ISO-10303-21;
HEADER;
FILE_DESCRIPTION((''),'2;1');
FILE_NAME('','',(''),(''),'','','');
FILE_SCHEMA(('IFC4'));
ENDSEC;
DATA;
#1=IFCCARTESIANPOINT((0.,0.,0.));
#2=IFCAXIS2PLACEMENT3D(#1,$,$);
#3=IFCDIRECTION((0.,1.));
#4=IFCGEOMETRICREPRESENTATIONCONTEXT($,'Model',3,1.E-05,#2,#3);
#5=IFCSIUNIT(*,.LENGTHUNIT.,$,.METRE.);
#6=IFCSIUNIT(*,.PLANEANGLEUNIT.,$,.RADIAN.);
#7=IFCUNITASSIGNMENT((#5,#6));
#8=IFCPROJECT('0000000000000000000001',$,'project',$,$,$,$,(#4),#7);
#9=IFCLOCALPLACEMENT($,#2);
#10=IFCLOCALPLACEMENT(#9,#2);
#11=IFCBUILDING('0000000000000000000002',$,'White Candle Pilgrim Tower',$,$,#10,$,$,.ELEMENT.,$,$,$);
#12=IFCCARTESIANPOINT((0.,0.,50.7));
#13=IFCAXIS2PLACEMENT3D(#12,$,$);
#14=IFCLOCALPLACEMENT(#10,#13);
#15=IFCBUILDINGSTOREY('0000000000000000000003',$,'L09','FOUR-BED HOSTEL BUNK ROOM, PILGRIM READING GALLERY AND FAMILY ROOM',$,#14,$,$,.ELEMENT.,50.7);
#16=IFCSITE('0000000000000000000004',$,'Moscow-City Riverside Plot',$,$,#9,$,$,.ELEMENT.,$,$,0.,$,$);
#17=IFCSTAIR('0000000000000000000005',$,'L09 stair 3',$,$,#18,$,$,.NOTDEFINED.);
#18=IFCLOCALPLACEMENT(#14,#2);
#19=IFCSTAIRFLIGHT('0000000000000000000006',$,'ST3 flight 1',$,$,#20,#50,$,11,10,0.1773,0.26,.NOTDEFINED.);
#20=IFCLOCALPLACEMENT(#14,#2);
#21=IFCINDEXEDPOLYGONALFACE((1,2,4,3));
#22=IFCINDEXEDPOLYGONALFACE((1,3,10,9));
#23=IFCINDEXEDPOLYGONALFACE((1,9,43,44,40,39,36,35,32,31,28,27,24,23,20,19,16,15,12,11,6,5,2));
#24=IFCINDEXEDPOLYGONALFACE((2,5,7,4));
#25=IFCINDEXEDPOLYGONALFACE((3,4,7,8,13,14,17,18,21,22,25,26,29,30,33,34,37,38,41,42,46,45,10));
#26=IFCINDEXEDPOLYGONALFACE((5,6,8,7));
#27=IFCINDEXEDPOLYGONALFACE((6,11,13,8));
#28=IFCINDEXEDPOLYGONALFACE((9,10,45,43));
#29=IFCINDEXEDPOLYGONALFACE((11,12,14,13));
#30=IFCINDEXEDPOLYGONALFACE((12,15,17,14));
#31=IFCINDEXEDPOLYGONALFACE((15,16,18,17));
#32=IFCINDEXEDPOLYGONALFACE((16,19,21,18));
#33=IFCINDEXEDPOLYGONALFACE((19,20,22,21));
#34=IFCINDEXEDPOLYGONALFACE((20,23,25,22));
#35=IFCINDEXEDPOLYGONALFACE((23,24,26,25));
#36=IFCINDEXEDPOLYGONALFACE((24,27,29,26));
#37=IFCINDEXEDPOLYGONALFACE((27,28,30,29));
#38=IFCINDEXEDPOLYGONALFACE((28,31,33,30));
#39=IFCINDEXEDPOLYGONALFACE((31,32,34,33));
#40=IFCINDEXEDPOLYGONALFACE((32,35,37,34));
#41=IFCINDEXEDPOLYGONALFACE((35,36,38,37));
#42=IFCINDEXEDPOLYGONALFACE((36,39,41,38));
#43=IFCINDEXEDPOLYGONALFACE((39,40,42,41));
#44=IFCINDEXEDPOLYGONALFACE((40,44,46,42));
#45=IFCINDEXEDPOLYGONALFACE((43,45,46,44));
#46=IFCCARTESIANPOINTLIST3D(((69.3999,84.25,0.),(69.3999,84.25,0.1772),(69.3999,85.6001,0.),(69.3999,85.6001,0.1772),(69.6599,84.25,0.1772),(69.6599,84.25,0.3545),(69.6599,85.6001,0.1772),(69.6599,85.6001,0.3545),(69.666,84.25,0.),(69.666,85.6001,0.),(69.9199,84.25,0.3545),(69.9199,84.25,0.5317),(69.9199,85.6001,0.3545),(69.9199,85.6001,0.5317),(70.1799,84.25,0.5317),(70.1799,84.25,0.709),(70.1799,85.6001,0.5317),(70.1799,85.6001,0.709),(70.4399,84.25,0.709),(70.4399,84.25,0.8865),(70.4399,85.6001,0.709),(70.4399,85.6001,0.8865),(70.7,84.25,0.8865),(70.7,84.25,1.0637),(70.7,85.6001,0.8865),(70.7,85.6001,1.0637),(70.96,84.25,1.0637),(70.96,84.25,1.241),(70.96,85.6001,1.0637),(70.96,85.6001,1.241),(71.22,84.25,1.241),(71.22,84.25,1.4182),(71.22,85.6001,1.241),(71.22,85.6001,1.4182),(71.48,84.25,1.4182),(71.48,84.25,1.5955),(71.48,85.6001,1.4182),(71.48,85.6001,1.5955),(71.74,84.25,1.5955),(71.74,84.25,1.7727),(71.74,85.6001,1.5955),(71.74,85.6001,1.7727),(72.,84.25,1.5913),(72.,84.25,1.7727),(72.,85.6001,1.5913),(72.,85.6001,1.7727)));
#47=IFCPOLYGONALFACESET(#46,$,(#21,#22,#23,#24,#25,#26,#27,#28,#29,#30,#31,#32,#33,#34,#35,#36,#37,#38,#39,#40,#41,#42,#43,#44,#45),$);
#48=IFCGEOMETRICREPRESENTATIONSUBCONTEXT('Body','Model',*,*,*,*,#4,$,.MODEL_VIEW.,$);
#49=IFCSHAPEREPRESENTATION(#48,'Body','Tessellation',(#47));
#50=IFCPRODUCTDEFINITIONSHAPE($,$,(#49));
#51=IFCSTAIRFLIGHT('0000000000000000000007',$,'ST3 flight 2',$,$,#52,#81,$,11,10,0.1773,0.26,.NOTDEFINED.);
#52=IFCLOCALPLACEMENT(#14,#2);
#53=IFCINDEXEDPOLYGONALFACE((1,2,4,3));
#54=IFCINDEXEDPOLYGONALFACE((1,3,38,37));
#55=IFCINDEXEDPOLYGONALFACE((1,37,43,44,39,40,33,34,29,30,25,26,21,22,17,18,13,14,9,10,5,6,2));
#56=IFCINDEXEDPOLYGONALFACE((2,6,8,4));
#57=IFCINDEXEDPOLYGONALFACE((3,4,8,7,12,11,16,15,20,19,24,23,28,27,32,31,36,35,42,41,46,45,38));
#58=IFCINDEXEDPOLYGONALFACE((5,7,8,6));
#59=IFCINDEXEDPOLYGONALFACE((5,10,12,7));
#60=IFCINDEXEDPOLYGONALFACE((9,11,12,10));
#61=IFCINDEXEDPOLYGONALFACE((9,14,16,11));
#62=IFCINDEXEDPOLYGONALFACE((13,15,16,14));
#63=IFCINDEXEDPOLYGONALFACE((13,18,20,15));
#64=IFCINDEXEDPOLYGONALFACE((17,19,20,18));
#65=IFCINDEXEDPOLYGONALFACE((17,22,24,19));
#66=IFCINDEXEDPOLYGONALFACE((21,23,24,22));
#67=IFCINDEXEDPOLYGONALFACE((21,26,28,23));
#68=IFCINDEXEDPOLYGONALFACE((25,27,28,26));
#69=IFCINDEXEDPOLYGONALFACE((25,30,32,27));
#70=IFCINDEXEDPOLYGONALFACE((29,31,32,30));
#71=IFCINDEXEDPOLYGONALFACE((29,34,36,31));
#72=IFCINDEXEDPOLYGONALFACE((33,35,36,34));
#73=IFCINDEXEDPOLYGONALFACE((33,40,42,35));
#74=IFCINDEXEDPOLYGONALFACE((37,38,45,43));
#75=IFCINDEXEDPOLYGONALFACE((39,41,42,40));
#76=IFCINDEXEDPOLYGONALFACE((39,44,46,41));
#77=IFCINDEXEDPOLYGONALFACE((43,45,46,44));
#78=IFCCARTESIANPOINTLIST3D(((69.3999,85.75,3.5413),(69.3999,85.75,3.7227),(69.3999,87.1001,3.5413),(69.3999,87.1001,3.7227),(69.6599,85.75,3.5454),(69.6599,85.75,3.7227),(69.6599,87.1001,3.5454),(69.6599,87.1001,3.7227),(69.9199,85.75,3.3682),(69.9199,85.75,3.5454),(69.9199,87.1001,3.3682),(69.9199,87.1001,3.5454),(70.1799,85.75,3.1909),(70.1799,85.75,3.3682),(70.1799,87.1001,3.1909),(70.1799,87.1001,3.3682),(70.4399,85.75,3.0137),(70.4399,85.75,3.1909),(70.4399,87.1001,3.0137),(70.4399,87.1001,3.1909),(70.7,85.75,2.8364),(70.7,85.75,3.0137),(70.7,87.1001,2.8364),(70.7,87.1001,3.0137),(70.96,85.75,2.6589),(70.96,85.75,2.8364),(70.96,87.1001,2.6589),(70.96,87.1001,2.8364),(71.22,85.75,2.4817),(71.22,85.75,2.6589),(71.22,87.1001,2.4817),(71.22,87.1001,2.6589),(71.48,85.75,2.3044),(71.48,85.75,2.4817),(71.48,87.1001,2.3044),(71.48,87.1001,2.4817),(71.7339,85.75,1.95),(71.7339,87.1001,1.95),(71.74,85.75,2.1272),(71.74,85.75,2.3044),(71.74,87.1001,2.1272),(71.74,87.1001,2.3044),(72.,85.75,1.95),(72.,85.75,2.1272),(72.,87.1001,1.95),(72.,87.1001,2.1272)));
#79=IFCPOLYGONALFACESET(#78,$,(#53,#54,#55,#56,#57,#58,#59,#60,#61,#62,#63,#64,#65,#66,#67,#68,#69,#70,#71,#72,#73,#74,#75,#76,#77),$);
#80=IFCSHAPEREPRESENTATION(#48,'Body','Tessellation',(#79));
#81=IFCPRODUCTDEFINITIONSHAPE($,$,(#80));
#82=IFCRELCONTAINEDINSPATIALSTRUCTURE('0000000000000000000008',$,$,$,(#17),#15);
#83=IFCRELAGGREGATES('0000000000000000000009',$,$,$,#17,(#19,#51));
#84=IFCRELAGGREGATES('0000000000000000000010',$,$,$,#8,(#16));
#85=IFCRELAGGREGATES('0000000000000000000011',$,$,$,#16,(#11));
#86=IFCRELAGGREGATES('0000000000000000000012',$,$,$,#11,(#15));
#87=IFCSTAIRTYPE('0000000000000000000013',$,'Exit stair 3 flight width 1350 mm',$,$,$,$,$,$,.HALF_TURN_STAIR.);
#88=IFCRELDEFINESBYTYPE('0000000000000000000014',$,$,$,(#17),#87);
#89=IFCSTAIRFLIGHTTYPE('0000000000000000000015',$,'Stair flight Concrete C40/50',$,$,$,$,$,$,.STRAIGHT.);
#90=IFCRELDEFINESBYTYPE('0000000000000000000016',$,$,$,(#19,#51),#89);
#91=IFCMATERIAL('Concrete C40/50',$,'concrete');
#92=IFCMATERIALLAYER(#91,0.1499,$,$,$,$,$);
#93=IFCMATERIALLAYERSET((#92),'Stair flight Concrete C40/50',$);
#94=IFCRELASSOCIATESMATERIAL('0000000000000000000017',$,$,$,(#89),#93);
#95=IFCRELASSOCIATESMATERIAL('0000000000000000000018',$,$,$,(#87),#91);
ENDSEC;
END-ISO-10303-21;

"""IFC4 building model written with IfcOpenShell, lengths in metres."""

from ifc_helpers import new_model, si_unit, direction, frame, origin, place, context, subcontext, project, spatial, polyline, outline, extrude, material, layer, layer_set, type_object, element, aggregate, save


model = new_model("IFC4")

# Units and contexts
model_context = context("Model", 3, precision=1e-05, world=origin(), true_north=direction((0.0, 1.0)))
body_context = subcontext(model_context, "Body", "Model", "MODEL_VIEW")
ifc_project = project(units=[si_unit("LENGTHUNIT", "METRE"), si_unit("PLANEANGLEUNIT", "RADIAN")], contexts=[model_context])

# Site, building, storey
site_placement = place(None, origin())
site = spatial("IfcSite", under=ifc_project, at=site_placement, Name="Moscow-City Riverside Plot", CompositionType="ELEMENT", RefElevation=0.0)
building_placement = place(site_placement, origin())
building = spatial("IfcBuilding", under=site, at=building_placement, Name="White Candle Pilgrim Tower", CompositionType="ELEMENT")
storey_placement = place(building_placement, frame((0.0, 0.0, 50.7)))
storey = spatial("IfcBuildingStorey", under=building, at=storey_placement, Name="L09", Description="FOUR-BED HOSTEL BUNK ROOM, PILGRIM READING GALLERY AND FAMILY ROOM", CompositionType="ELEMENT", Elevation=50.7)

# Shared definitions
ifc_material_1 = material(Name="Concrete C40/50", Category="concrete")
ifc_layer_1 = layer(ifc_material_1, 0.1499)
ifc_layer_set_1 = layer_set([ifc_layer_1], Name="Stair flight Concrete C40/50")
stair_flight_type = type_object("IfcStairFlightType", Name="Stair flight Concrete C40/50", PredefinedType="STRAIGHT", material=ifc_layer_set_1)

# Stair, stair flights
stair_type_1 = type_object("IfcStairType", Name="Exit stair 3 flight width 1350 mm", PredefinedType="HALF_TURN_STAIR", material=ifc_material_1)
stair_1_placement = place(storey_placement, origin())
stair_1 = element("IfcStair", 1, at=stair_1_placement, inside=storey, type_object=stair_type_1, Name="L09 stair 3", PredefinedType="NOTDEFINED")
stair_flight_1_placement = place(storey_placement, frame((69.3999, 84.925, 0.0), z_axis=(0.0, 0.0, 1.0), x_axis=(1.0, 0.0, 0.0)))
stair_flight_1 = element("IfcStairFlight", 2, at=stair_flight_1_placement, type_object=stair_flight_type, Name="ST3 flight 1", NumberOfRisers=11, NumberOfTreads=10, PredefinedType="NOTDEFINED", RiserHeight=0.1773, TreadLength=0.26, context=body_context, shape_type="SweptSolid", body=[
    extrude(outline(polyline([(0.0, 0.0), (0.0, 0.1772), (0.26, 0.1772), (0.26, 0.3545), (0.52, 0.3545), (0.52, 0.5317), (0.78, 0.5317), (0.78, 0.709), (1.04, 0.709), (1.04, 0.8865), (1.3, 0.8865), (1.3, 1.0637), (1.5601, 1.0637), (1.5601, 1.241), (1.8201, 1.241), (1.8201, 1.4182), (2.0801, 1.4182), (2.0801, 1.5955), (2.3401, 1.5955), (2.3401, 1.7727), (2.6001, 1.7727), (2.6001, 1.95), (2.6001, 1.5913), (0.2661, 0.0), (0.0, 0.0)])), frame((0.0, 0.675, 0.0), z_axis=(0.0, -1.0, 0.0), x_axis=(1.0, 0.0, 0.0)), (0.0, 0.0, 1.0), 1.3501),
])
stair_flight_2_placement = place(storey_placement, frame((72.0, 86.425, 1.95), z_axis=(0.0, 0.0, 1.0), x_axis=(-1.0, 0.0, 0.0)))
stair_flight_2 = element("IfcStairFlight", 3, at=stair_flight_2_placement, type_object=stair_flight_type, Name="ST3 flight 2", NumberOfRisers=11, NumberOfTreads=10, PredefinedType="NOTDEFINED", RiserHeight=0.1773, TreadLength=0.26, context=body_context, shape_type="SweptSolid", body=[
    extrude(outline(polyline([(0.0, 0.0), (0.0, 0.1772), (0.26, 0.1772), (0.26, 0.3545), (0.52, 0.3545), (0.52, 0.5317), (0.78, 0.5317), (0.78, 0.709), (1.04, 0.709), (1.04, 0.8865), (1.3, 0.8865), (1.3, 1.0637), (1.5601, 1.0637), (1.5601, 1.241), (1.8201, 1.241), (1.8201, 1.4182), (2.0801, 1.4182), (2.0801, 1.5955), (2.3401, 1.5955), (2.3401, 1.7727), (2.6001, 1.7727), (2.6001, 1.95), (2.6001, 1.5913), (0.2661, 0.0), (0.0, 0.0)])), frame((0.0, 0.675, 0.0), z_axis=(0.0, -1.0, 0.0), x_axis=(1.0, 0.0, 0.0)), (0.0, 0.0, 1.0), 1.3501),
])
aggregate(stair_1, [stair_flight_1, stair_flight_2])

save(model, "model.ifc")
